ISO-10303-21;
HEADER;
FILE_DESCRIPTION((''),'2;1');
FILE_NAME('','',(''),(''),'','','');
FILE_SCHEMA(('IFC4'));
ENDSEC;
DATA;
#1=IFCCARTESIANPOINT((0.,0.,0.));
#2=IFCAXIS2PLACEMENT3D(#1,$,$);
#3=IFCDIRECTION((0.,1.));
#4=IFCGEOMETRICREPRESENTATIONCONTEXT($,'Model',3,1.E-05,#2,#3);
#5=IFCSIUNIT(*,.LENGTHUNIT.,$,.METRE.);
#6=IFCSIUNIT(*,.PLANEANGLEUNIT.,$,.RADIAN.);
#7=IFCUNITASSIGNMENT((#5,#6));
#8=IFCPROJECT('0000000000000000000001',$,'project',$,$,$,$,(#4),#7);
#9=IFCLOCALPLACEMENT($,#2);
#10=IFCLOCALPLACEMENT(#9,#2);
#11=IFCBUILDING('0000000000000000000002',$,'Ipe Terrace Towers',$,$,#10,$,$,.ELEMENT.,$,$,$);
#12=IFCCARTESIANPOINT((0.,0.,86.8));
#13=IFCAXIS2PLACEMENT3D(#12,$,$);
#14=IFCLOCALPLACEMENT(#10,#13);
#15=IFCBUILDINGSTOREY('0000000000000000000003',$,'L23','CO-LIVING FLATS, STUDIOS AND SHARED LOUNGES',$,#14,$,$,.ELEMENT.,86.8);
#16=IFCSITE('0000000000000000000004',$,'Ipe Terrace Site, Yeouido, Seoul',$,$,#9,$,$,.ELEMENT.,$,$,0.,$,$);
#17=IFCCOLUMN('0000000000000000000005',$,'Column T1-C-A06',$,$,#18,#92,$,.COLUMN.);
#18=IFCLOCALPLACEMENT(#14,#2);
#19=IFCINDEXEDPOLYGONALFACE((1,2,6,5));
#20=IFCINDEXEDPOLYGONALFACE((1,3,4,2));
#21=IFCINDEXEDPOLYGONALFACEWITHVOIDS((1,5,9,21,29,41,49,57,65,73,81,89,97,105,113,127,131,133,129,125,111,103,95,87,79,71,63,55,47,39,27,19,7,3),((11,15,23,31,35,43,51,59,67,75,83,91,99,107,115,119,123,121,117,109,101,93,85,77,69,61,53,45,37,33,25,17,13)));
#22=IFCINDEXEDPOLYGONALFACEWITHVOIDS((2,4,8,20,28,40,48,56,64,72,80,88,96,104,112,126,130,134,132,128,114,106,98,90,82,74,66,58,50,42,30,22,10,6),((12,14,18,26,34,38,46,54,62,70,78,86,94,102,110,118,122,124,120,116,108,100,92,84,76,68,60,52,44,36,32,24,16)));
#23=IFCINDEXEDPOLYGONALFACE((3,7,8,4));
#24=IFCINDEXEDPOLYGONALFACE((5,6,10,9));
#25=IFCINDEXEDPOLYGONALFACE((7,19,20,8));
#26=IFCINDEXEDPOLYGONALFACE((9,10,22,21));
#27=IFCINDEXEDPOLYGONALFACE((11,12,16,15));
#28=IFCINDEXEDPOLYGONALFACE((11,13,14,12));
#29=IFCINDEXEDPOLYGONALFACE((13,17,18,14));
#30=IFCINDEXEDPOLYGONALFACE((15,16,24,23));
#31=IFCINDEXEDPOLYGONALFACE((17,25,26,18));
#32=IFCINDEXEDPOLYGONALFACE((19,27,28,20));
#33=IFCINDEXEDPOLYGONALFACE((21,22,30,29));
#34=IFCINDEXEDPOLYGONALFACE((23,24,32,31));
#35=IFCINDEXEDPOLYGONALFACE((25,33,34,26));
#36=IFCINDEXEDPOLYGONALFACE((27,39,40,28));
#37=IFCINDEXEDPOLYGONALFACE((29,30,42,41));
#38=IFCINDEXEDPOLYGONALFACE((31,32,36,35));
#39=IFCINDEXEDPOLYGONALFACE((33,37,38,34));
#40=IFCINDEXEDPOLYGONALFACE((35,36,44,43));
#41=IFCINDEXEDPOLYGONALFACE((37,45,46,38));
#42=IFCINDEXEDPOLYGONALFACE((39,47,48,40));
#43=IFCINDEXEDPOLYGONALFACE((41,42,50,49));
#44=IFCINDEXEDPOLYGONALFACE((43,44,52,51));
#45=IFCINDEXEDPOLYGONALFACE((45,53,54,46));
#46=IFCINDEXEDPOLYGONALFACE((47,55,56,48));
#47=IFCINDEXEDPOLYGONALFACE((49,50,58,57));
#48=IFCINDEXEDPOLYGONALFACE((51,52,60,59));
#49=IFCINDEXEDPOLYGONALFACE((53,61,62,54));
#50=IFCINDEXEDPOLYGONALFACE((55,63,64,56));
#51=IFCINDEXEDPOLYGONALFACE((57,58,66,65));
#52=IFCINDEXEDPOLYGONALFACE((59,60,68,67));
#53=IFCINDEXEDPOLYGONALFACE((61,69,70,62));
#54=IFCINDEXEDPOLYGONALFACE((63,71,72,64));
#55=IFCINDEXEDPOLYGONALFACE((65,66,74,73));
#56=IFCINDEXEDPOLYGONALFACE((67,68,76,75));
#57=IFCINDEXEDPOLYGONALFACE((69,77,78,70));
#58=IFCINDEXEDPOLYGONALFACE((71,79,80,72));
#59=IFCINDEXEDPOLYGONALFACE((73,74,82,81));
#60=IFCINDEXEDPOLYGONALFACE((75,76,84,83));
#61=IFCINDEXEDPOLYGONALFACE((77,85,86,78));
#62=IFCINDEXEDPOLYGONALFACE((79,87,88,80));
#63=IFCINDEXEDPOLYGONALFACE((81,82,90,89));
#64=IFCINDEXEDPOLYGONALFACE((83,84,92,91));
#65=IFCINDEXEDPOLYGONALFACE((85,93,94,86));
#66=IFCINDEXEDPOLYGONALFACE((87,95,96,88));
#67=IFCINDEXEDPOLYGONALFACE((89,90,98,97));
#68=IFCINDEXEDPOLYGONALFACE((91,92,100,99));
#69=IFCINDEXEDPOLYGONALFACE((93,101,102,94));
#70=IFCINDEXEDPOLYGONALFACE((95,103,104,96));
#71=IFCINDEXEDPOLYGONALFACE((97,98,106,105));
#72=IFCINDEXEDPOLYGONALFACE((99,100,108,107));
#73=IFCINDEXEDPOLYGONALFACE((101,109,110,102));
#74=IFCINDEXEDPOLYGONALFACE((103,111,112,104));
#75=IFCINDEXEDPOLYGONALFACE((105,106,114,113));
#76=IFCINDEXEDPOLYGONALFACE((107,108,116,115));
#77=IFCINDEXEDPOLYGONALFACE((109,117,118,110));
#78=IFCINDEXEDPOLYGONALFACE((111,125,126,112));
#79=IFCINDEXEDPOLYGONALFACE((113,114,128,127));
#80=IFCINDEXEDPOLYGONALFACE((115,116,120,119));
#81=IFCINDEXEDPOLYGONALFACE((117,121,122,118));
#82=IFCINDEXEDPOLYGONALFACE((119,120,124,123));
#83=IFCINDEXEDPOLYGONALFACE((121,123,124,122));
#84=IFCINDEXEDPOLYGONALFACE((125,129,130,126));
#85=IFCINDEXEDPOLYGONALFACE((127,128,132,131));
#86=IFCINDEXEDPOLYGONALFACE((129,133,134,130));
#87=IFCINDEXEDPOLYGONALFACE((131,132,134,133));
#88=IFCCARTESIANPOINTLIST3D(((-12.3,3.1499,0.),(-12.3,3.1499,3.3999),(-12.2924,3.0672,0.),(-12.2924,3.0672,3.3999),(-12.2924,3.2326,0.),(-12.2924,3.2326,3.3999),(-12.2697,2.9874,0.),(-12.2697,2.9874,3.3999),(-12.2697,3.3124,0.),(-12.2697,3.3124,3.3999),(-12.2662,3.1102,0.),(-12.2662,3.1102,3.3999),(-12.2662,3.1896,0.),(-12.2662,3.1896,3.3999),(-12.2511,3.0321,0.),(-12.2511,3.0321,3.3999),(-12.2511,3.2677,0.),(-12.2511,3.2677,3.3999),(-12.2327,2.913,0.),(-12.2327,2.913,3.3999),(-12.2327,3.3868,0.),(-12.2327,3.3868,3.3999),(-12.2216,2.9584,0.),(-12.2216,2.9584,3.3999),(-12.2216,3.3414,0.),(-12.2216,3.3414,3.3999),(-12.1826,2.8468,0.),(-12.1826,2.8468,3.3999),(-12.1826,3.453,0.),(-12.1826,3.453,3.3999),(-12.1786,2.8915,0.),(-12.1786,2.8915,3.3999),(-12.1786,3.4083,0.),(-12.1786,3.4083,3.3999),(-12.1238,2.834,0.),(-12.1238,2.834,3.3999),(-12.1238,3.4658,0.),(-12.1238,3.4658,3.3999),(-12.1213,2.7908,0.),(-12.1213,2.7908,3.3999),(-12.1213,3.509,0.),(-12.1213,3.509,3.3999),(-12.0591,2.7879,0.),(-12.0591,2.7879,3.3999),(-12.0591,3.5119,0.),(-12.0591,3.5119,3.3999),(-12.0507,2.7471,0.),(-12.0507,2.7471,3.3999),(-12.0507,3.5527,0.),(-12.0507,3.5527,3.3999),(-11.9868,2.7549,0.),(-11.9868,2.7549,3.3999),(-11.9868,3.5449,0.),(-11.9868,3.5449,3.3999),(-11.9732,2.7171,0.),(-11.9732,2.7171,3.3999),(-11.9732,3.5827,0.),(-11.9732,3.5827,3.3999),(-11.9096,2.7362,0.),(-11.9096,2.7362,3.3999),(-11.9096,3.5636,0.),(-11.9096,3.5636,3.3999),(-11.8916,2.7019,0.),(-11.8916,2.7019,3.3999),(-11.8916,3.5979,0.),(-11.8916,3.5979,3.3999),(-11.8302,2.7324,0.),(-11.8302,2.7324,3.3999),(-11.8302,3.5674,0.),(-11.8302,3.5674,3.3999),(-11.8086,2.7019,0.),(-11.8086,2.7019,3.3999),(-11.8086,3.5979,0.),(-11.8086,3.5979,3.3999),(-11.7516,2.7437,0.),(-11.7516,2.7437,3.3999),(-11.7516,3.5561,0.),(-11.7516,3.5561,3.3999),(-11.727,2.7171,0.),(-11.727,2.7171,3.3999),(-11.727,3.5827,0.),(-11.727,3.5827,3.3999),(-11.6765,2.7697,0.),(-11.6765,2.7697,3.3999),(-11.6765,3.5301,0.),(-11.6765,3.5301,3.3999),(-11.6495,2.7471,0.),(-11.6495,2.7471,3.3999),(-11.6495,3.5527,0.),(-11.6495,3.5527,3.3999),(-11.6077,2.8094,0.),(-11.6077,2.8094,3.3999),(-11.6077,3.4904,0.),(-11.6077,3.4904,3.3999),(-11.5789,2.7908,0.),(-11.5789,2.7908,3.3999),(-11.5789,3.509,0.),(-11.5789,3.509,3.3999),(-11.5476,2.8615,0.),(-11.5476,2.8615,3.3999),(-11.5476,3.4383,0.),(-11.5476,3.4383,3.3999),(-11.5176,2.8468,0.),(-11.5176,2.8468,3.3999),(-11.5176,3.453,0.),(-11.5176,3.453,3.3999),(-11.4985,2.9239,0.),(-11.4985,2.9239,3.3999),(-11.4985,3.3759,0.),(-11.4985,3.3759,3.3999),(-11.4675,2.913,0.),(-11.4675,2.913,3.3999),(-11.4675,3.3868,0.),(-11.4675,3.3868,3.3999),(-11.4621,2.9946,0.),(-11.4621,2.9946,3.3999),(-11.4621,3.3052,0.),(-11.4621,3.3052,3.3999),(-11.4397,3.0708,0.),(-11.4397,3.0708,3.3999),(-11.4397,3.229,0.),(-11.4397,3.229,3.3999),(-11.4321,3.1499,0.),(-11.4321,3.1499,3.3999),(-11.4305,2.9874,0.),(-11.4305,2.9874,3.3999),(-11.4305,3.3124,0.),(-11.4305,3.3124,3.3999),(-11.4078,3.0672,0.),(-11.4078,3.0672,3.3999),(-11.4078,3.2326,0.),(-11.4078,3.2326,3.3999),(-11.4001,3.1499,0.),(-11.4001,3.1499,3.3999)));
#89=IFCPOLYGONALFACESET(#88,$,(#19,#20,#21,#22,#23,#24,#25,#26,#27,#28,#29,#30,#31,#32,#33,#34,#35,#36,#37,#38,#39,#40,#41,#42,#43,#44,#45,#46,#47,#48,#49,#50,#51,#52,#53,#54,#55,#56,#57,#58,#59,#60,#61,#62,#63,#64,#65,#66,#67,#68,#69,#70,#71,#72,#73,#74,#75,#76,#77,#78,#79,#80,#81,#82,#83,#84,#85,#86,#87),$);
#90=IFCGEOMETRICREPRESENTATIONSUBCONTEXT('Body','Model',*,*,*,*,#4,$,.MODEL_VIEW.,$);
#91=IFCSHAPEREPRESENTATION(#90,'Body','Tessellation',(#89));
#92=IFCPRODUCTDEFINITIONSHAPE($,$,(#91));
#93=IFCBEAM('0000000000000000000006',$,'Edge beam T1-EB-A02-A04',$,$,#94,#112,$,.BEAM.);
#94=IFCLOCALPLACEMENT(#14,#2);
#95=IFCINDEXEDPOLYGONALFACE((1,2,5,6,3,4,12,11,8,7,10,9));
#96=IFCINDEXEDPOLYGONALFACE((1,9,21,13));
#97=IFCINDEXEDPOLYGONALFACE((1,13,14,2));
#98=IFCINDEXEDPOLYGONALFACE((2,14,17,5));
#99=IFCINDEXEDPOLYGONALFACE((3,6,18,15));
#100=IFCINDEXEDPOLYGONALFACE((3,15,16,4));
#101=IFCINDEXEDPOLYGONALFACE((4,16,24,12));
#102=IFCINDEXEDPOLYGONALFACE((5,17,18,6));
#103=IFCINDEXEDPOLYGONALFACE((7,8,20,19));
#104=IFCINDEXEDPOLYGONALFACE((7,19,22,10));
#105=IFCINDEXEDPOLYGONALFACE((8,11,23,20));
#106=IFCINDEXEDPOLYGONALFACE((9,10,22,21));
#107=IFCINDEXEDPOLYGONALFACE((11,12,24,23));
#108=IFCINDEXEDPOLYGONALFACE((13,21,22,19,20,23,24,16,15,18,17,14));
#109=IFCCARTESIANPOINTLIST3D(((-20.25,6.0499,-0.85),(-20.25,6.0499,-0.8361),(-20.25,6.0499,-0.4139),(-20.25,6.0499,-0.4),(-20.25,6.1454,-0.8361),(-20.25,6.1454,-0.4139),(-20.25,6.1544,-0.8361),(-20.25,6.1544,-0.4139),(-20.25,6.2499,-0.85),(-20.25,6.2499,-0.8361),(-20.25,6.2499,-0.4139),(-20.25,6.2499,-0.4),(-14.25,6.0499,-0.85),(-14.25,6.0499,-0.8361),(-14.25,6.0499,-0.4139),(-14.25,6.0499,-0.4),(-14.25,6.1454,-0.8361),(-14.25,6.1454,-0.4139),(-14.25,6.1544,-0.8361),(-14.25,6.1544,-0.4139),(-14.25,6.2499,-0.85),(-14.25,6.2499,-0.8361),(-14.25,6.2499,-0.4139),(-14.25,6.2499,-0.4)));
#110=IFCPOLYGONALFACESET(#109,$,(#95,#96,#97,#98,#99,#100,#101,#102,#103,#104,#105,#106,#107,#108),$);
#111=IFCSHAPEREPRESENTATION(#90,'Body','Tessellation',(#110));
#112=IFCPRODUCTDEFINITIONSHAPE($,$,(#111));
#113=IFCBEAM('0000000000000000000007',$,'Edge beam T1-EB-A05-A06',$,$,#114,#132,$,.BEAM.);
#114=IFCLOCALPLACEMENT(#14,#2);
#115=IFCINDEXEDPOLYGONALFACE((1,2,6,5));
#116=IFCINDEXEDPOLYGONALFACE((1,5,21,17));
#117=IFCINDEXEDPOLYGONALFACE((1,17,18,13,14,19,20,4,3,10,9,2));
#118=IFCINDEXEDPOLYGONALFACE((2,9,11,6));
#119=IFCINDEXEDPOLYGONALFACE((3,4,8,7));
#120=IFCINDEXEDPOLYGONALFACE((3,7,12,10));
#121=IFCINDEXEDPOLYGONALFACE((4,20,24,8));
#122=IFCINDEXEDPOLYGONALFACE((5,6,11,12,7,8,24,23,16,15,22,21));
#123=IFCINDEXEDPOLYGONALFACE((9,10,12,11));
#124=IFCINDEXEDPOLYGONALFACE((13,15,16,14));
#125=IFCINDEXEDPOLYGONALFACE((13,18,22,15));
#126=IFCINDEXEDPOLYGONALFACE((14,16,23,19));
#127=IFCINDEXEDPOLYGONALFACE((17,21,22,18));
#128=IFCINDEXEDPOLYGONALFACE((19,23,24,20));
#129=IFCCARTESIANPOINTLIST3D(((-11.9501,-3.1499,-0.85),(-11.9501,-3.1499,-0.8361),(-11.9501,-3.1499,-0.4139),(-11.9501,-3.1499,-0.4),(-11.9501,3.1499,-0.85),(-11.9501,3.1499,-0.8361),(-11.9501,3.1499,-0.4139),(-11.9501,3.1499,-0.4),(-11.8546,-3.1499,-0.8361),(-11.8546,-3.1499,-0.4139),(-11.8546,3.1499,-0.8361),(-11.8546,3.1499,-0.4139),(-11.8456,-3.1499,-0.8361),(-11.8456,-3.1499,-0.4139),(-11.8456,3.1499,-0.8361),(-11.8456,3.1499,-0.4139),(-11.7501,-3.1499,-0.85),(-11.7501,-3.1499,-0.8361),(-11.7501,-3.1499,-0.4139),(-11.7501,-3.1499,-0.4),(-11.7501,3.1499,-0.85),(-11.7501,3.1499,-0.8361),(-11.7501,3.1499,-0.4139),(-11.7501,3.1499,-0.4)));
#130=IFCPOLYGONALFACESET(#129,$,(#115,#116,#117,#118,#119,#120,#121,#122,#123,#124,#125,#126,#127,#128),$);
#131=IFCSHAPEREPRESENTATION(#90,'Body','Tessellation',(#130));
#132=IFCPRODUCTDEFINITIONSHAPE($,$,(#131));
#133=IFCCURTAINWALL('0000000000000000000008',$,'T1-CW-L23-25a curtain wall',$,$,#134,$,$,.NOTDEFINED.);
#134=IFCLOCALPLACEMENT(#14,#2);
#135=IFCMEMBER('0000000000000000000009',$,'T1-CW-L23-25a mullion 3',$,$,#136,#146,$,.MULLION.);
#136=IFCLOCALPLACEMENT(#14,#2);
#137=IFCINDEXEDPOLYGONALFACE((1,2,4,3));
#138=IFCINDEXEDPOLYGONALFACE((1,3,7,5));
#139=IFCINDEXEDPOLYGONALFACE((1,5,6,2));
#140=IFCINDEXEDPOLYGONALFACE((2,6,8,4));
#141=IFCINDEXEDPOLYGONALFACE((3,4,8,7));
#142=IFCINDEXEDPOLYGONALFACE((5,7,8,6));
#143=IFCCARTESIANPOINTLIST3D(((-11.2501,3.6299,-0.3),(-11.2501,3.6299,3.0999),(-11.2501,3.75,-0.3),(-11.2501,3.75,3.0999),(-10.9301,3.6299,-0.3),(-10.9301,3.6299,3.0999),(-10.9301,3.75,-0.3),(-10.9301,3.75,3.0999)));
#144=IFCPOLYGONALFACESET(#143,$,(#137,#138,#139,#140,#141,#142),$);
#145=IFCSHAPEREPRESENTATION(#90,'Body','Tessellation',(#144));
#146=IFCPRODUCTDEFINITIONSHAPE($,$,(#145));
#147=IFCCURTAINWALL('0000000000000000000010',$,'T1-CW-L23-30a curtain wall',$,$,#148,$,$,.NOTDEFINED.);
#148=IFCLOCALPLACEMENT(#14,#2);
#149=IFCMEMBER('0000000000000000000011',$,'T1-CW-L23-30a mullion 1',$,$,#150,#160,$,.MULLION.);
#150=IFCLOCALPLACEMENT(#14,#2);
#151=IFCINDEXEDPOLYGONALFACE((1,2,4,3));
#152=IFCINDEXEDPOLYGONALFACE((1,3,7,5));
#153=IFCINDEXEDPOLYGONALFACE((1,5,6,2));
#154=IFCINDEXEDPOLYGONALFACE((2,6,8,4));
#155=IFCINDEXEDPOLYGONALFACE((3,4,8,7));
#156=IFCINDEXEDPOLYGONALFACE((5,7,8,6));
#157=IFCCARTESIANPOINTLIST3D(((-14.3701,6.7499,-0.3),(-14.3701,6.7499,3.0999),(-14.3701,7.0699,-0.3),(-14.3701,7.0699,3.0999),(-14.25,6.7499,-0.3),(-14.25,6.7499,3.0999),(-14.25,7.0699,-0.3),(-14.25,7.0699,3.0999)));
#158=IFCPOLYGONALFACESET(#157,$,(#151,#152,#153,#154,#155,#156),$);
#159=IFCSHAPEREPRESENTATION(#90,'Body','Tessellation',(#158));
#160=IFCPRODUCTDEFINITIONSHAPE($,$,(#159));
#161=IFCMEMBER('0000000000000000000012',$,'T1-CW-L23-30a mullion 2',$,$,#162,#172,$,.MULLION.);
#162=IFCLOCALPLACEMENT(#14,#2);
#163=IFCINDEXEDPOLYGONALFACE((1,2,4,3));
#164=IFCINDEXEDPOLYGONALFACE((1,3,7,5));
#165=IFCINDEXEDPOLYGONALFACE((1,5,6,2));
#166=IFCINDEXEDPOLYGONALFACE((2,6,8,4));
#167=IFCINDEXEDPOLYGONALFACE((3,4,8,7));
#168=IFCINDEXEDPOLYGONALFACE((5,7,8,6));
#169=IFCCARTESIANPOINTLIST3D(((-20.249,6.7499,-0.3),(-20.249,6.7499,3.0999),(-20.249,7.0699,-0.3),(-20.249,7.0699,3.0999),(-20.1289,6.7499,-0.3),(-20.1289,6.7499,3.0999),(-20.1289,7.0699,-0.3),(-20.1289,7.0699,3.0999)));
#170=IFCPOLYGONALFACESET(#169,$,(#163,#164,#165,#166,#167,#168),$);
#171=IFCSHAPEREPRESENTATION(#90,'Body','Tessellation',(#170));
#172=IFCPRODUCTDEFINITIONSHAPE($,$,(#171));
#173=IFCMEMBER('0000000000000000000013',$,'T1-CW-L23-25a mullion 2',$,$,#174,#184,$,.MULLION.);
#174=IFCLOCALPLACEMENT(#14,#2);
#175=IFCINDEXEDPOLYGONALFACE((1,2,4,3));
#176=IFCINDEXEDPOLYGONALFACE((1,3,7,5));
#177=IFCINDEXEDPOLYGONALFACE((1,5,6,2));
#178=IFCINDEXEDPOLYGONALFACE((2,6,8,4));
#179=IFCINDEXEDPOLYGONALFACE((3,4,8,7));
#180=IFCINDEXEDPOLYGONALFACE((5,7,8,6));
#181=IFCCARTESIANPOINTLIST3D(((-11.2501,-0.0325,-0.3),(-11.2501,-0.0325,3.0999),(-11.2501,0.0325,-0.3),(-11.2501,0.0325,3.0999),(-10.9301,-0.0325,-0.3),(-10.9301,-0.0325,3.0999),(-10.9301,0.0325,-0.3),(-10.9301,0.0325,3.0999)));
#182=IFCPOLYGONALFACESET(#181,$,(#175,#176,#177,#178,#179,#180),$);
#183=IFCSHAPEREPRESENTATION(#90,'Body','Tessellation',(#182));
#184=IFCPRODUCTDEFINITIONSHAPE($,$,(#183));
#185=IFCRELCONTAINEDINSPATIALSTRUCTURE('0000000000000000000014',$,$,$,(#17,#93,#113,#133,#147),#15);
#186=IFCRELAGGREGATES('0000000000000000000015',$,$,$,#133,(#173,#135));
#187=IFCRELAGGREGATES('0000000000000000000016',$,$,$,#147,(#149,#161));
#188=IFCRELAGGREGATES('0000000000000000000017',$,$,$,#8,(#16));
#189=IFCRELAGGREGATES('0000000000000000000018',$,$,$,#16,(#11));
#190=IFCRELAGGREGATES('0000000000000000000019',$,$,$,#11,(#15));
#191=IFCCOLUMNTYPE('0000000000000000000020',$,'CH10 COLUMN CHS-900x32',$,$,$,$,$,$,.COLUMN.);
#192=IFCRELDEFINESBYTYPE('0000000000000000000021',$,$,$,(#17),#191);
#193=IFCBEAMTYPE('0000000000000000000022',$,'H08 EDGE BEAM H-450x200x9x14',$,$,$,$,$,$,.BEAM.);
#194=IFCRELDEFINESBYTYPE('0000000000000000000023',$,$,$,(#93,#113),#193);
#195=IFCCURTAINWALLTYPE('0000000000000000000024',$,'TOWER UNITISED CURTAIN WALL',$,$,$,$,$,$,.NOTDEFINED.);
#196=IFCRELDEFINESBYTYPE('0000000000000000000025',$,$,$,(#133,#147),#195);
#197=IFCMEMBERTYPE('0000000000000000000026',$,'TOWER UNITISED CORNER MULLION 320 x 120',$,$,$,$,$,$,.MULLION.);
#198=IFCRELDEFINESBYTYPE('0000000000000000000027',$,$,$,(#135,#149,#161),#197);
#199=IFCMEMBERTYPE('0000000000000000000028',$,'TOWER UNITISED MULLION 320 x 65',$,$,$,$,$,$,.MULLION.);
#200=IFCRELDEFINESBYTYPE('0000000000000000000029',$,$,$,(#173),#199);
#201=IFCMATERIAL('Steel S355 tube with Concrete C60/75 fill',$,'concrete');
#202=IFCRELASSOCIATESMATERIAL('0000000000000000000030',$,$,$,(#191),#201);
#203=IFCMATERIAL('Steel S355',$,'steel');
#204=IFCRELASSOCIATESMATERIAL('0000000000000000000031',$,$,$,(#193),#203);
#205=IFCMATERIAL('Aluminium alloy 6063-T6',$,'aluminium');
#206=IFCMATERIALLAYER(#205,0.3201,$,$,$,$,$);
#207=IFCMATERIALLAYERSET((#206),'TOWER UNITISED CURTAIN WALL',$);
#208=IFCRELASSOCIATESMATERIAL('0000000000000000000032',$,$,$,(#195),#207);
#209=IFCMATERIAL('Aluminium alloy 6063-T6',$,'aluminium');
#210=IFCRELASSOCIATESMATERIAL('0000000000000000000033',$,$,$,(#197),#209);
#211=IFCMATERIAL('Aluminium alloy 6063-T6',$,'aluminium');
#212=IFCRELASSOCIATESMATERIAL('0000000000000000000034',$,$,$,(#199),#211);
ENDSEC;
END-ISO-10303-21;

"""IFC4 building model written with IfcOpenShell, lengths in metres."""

from ifc_helpers import new_model, si_unit, direction, frame, origin, origin_2d, place, context, subcontext, project, spatial, rectangle, hollow_circle, i_section, extrude, material, layer, layer_set, material_profile, profile_set, type_object, element, aggregate, save


model = new_model("IFC4")

# Units and contexts
model_context = context("Model", 3, precision=1e-05, world=origin(), true_north=direction((0.0, 1.0)))
body_context = subcontext(model_context, "Body", "Model", "MODEL_VIEW")
ifc_project = project(units=[si_unit("LENGTHUNIT", "METRE"), si_unit("PLANEANGLEUNIT", "RADIAN")], contexts=[model_context])

# Site, building, storey
site_placement = place(None, origin())
site = spatial("IfcSite", under=ifc_project, at=site_placement, Name="Ipe Terrace Site, Yeouido, Seoul", CompositionType="ELEMENT", RefElevation=0.0)
building_placement = place(site_placement, origin())
building = spatial("IfcBuilding", under=site, at=building_placement, Name="Ipe Terrace Towers", CompositionType="ELEMENT")
storey_placement = place(building_placement, frame((0.0, 0.0, 86.8)))
storey = spatial("IfcBuildingStorey", under=building, at=storey_placement, Name="L23", Description="CO-LIVING FLATS, STUDIOS AND SHARED LOUNGES", CompositionType="ELEMENT", Elevation=86.8)

# Column
ifc_material_1 = material(Name="Steel S355 tube with Concrete C60/75 fill", Category="concrete")
ifc_material_profile_1 = material_profile(ifc_material_1, hollow_circle(Radius=0.45, WallThickness=0.032, at=origin_2d()), Name="CHS-900x32")
ifc_profile_set_1 = profile_set([ifc_material_profile_1], Name="Steel S355 tube with Concrete C60/75 fill")
column_type = type_object("IfcColumnType", Name="CH10 COLUMN CHS-900x32", PredefinedType="COLUMN", material=ifc_profile_set_1)
for number, where, z_axis, x_axis, name in (
    (1, (-11.8501, 3.1499, 0.0), (0.0, 0.0, 1.0), (1.0, 0.0, 0.0), "Column T1-C-A06"),
):
    element("IfcColumn", number, at=place(storey_placement, frame(where, z_axis=z_axis, x_axis=x_axis)), inside=storey, type_object=column_type, Name=name, PredefinedType="COLUMN", context=body_context, shape_type="SweptSolid", body=[
        extrude(hollow_circle(Radius=0.45, WallThickness=0.032, at=origin_2d()), origin(), (0.0, 0.0, 1.0), 3.3999),
    ])

# Beams
ifc_material_2 = material(Name="Steel S355", Category="steel")
ifc_material_profile_2 = material_profile(ifc_material_2, i_section(OverallWidth=0.2, OverallDepth=0.45, WebThickness=0.009, FlangeThickness=0.0139, at=origin_2d()), Name="H-450x200x9x14")
ifc_profile_set_2 = profile_set([ifc_material_profile_2], Name="Steel S355")
beam_type = type_object("IfcBeamType", Name="H08 EDGE BEAM H-450x200x9x14", PredefinedType="BEAM", material=ifc_profile_set_2)
beam_1_placement = place(storey_placement, frame((-20.25, 6.1499, -0.625), z_axis=(1.0, 0.0, 0.0), x_axis=(0.0, 1.0, 0.0)))
element("IfcBeam", 2, at=beam_1_placement, inside=storey, type_object=beam_type, Name="Edge beam T1-EB-A02-A04", PredefinedType="BEAM", context=body_context, shape_type="SweptSolid", body=[
    extrude(i_section(OverallWidth=0.2, OverallDepth=0.45, WebThickness=0.009, FlangeThickness=0.0139, at=origin_2d()), origin(), (0.0, 0.0, 1.0), 6.0),
])
beam_2_placement = place(storey_placement, frame((-11.8501, -3.1499, -0.625), z_axis=(0.0, 1.0, 0.0), x_axis=(-1.0, 0.0, 0.0)))
element("IfcBeam", 3, at=beam_2_placement, inside=storey, type_object=beam_type, Name="Edge beam T1-EB-A05-A06", PredefinedType="BEAM", context=body_context, shape_type="SweptSolid", body=[
    extrude(i_section(OverallWidth=0.2, OverallDepth=0.45, WebThickness=0.009, FlangeThickness=0.0139, at=origin_2d()), origin(), (0.0, 0.0, 1.0), 6.2998),
])

# Curtain wall, member
ifc_material_3 = material(Name="Aluminium alloy 6063-T6", Category="aluminium")
ifc_layer_1 = layer(ifc_material_3, 0.3201)
ifc_layer_set_1 = layer_set([ifc_layer_1], Name="TOWER UNITISED CURTAIN WALL")
curtain_wall_type = type_object("IfcCurtainWallType", Name="TOWER UNITISED CURTAIN WALL", PredefinedType="NOTDEFINED", material=ifc_layer_set_1)
curtain_wall_1_placement = place(storey_placement, origin())
curtain_wall_1 = element("IfcCurtainWall", 4, at=curtain_wall_1_placement, inside=storey, type_object=curtain_wall_type, Name="T1-CW-L23-25a curtain wall", PredefinedType="NOTDEFINED")
ifc_material_4 = material(Name="Aluminium alloy 6063-T6", Category="aluminium")
ifc_material_profile_3 = material_profile(ifc_material_4, rectangle(XDim=0.3201, YDim=0.1201, at=origin_2d()), Name="TOWER UNITISED CORNER MULLION 320 x 120")
ifc_profile_set_3 = profile_set([ifc_material_profile_3], Name="Aluminium alloy 6063-T6")
member_type_1 = type_object("IfcMemberType", Name="TOWER UNITISED CORNER MULLION 320 x 120", PredefinedType="MULLION", material=ifc_profile_set_3)
member_1_placement = place(storey_placement, frame((-11.0901, 3.6899, -0.3), z_axis=(0.0, 0.0, 1.0), x_axis=(1.0, 0.0, 0.0)))
member_1 = element("IfcMember", 5, at=member_1_placement, type_object=member_type_1, Name="T1-CW-L23-25a mullion 3", PredefinedType="MULLION", context=body_context, shape_type="SweptSolid", body=[
    extrude(rectangle(XDim=0.3201, YDim=0.1201, at=origin_2d()), origin(), (0.0, 0.0, 1.0), 3.3999),
])

# Curtain wall, members
curtain_wall_2_placement = place(storey_placement, origin())
curtain_wall_2 = element("IfcCurtainWall", 6, at=curtain_wall_2_placement, inside=storey, type_object=curtain_wall_type, Name="T1-CW-L23-30a curtain wall", PredefinedType="NOTDEFINED")
member_2_placement = place(storey_placement, frame((-14.3101, 6.9099, -0.3), z_axis=(0.0, 0.0, 1.0), x_axis=(0.0, 1.0, 0.0)))
member_2 = element("IfcMember", 7, at=member_2_placement, type_object=member_type_1, Name="T1-CW-L23-30a mullion 1", PredefinedType="MULLION", context=body_context, shape_type="SweptSolid", body=[
    extrude(rectangle(XDim=0.3201, YDim=0.1201, at=origin_2d()), origin(), (0.0, 0.0, 1.0), 3.3999),
])
member_3_placement = place(storey_placement, frame((-20.189, 6.9099, -0.3), z_axis=(0.0, 0.0, 1.0), x_axis=(0.0, 1.0, 0.0)))
member_3 = element("IfcMember", 8, at=member_3_placement, type_object=member_type_1, Name="T1-CW-L23-30a mullion 2", PredefinedType="MULLION", context=body_context, shape_type="SweptSolid", body=[
    extrude(rectangle(XDim=0.3201, YDim=0.1201, at=origin_2d()), origin(), (0.0, 0.0, 1.0), 3.3999),
])

# Member
ifc_material_5 = material(Name="Aluminium alloy 6063-T6", Category="aluminium")
ifc_material_profile_4 = material_profile(ifc_material_5, rectangle(XDim=0.3201, YDim=0.0649, at=origin_2d()), Name="TOWER UNITISED MULLION 320 x 65")
ifc_profile_set_4 = profile_set([ifc_material_profile_4], Name="Aluminium alloy 6063-T6")
member_type_2 = type_object("IfcMemberType", Name="TOWER UNITISED MULLION 320 x 65", PredefinedType="MULLION", material=ifc_profile_set_4)
member_4_placement = place(storey_placement, frame((-11.0901, 0.0, -0.3), z_axis=(0.0, 0.0, 1.0), x_axis=(1.0, 0.0, 0.0)))
member_4 = element("IfcMember", 9, at=member_4_placement, type_object=member_type_2, Name="T1-CW-L23-25a mullion 2", PredefinedType="MULLION", context=body_context, shape_type="SweptSolid", body=[
    extrude(rectangle(XDim=0.3201, YDim=0.0649, at=origin_2d()), origin(), (0.0, 0.0, 1.0), 3.3999),
])

aggregate(curtain_wall_1, [member_4, member_1])
aggregate(curtain_wall_2, [member_2, member_3])

save(model, "model.ifc")
